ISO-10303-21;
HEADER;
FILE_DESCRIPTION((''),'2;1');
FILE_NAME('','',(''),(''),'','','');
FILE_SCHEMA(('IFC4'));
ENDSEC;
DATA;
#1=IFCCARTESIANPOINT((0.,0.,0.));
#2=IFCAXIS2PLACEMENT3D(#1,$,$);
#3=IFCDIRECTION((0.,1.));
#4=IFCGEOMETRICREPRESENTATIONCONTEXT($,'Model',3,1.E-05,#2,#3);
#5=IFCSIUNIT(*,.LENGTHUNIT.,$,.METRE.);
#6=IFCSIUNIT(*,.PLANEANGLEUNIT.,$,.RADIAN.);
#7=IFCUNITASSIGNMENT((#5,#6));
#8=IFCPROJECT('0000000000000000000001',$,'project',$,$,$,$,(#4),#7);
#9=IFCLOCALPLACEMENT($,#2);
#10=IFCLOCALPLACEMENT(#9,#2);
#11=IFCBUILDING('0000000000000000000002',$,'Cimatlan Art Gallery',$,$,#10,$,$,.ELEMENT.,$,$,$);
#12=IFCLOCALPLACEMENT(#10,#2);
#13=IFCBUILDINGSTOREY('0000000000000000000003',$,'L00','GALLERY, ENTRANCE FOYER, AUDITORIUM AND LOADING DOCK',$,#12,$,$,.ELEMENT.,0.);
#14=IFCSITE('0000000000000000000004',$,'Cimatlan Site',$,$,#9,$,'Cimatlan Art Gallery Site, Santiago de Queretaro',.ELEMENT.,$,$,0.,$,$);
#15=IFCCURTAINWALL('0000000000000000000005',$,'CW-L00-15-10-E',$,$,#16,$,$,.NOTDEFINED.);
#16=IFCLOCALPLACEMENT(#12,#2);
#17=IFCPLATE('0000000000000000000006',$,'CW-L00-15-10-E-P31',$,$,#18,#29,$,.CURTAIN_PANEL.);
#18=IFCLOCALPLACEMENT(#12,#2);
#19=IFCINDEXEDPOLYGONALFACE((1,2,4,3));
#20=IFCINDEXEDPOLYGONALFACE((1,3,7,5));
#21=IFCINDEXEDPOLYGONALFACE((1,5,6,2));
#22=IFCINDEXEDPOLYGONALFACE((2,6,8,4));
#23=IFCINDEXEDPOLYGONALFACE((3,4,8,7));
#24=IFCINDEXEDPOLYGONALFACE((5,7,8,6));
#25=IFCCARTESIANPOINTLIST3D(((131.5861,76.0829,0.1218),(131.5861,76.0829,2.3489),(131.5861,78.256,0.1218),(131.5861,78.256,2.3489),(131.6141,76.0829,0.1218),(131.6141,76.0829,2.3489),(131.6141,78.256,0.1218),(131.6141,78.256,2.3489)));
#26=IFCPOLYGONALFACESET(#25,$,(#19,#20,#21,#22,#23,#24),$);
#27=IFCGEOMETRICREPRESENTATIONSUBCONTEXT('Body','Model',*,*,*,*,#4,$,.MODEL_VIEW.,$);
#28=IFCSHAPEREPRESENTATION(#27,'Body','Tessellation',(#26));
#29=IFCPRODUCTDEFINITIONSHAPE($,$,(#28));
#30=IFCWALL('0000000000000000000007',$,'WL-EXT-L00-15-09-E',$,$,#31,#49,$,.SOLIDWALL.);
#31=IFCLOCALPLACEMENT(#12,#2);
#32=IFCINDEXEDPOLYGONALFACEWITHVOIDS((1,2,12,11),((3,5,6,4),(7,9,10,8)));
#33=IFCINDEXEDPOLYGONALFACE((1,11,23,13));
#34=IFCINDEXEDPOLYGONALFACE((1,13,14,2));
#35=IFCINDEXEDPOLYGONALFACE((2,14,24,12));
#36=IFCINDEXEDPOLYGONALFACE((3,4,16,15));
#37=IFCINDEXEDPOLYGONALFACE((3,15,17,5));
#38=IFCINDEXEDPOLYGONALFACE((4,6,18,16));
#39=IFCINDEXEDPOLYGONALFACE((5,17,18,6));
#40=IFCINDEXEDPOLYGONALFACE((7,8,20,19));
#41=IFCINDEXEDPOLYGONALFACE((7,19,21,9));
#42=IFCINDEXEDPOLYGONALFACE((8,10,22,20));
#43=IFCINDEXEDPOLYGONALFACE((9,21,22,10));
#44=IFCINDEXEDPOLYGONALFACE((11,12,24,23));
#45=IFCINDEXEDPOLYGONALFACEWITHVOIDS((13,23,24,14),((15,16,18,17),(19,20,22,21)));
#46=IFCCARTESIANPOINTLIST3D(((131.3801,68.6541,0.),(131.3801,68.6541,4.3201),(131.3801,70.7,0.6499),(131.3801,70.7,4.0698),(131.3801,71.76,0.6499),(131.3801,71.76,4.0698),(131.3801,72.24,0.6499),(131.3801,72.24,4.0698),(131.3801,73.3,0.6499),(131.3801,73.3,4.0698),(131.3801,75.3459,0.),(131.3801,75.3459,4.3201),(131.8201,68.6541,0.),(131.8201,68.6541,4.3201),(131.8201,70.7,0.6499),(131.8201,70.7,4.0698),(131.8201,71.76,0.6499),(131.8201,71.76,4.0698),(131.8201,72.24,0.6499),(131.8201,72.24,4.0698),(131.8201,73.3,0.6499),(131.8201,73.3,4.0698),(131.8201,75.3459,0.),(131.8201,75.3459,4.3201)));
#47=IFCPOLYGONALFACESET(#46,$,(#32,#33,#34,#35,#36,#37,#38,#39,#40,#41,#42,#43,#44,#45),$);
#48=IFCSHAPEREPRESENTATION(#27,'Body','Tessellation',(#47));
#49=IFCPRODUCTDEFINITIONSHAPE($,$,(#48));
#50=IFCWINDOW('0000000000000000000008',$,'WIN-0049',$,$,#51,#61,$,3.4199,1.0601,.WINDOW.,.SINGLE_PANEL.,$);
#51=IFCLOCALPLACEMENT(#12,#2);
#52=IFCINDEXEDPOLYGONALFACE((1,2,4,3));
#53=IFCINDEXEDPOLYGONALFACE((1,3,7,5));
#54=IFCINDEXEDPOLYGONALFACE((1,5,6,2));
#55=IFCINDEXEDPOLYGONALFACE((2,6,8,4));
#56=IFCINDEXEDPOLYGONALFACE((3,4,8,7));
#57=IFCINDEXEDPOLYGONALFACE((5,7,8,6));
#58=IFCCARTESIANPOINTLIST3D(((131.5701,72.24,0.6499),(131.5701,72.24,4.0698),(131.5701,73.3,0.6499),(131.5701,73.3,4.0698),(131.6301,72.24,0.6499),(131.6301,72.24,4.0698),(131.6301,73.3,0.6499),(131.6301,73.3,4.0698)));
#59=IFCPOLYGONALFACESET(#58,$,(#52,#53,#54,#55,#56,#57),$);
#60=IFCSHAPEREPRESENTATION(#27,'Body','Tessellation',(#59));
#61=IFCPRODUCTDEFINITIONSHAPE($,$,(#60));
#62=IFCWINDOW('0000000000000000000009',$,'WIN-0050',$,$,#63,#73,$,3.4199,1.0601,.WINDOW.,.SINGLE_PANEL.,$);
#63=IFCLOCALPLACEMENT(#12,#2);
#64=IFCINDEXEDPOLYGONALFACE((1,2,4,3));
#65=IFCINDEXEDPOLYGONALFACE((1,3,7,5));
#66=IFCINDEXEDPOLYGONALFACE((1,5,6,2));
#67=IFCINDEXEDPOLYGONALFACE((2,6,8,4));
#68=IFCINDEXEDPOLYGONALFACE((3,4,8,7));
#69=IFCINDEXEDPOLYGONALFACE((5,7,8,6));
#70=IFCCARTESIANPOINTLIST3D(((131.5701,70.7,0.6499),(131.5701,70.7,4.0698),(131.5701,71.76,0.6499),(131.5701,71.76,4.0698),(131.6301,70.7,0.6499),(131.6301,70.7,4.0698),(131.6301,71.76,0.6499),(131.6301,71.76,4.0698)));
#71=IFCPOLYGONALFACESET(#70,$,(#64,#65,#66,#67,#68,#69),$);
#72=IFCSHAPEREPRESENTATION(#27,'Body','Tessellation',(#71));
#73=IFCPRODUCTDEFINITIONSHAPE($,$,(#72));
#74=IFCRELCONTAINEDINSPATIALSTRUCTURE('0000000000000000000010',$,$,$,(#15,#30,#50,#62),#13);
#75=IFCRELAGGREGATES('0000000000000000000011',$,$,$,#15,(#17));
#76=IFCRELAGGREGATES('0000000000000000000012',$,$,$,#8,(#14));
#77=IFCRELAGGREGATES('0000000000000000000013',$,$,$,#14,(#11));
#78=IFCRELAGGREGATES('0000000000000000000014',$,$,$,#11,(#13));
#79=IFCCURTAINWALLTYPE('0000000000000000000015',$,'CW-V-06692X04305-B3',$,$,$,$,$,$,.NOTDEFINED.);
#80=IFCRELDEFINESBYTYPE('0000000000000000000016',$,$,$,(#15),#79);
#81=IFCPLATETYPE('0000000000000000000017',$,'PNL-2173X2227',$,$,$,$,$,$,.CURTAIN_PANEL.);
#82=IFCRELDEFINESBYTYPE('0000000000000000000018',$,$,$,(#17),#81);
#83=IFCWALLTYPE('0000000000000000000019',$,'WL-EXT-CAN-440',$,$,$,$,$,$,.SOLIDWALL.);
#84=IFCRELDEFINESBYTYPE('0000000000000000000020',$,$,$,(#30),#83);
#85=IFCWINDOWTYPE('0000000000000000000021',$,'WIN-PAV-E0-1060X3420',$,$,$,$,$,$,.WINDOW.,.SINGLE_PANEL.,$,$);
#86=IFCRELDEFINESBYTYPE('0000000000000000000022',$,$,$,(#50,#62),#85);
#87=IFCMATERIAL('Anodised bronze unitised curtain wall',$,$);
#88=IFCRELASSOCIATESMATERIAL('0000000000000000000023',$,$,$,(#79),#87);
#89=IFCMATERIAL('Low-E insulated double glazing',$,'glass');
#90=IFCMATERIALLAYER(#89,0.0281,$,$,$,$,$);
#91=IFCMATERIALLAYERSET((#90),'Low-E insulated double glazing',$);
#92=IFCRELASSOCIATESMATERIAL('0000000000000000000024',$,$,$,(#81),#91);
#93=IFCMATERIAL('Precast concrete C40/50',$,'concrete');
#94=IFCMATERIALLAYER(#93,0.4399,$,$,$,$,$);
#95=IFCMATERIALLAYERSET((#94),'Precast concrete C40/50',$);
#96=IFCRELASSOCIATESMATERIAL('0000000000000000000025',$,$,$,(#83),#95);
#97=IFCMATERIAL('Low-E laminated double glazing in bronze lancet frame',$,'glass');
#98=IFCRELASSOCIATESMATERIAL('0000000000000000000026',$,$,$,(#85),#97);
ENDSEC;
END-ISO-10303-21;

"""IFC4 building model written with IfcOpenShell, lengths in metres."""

from ifc_helpers import new_model, si_unit, direction, frame, frame_2d, origin, origin_2d, place, context, subcontext, project, spatial, rectangle, extrude, material, layer, layer_set, type_object, element, fill, aggregate, save


model = new_model("IFC4")

# Units and contexts
model_context = context("Model", 3, precision=1e-05, world=origin(), true_north=direction((0.0, 1.0)))
body_context = subcontext(model_context, "Body", "Model", "MODEL_VIEW")
ifc_project = project(units=[si_unit("LENGTHUNIT", "METRE"), si_unit("PLANEANGLEUNIT", "RADIAN")], contexts=[model_context])

# Site, building, storey
site_placement = place(None, origin())
site = spatial("IfcSite", under=ifc_project, at=site_placement, Name="Cimatlan Site", LongName="Cimatlan Art Gallery Site, Santiago de Queretaro", CompositionType="ELEMENT", RefElevation=0.0)
building_placement = place(site_placement, origin())
building = spatial("IfcBuilding", under=site, at=building_placement, Name="Cimatlan Art Gallery", CompositionType="ELEMENT")
storey_placement = place(building_placement, origin())
storey = spatial("IfcBuildingStorey", under=building, at=storey_placement, Name="L00", Description="GALLERY, ENTRANCE FOYER, AUDITORIUM AND LOADING DOCK", CompositionType="ELEMENT", Elevation=0.0)

# Curtain wall, plate
ifc_material_1 = material(Name="Anodised bronze unitised curtain wall")
curtain_wall_type = type_object("IfcCurtainWallType", Name="CW-V-06692X04305-B3", PredefinedType="NOTDEFINED", material=ifc_material_1)
curtain_wall_placement = place(storey_placement, origin())
curtain_wall = element("IfcCurtainWall", 1, at=curtain_wall_placement, inside=storey, type_object=curtain_wall_type, Name="CW-L00-15-10-E", PredefinedType="NOTDEFINED")
ifc_material_2 = material(Name="Low-E insulated double glazing", Category="glass")
ifc_layer_1 = layer(ifc_material_2, 0.0281)
ifc_layer_set_1 = layer_set([ifc_layer_1], Name="Low-E insulated double glazing")
plate_type_1 = type_object("IfcPlateType", Name="PNL-2173X2227", PredefinedType="CURTAIN_PANEL", material=ifc_layer_set_1)
plate_1_placement = place(storey_placement, frame((131.6001, 77.1694, 0.1218), z_axis=(0.0, 0.0, 1.0), x_axis=(0.0, -1.0, 0.0)))
plate_1 = element("IfcPlate", 2, at=plate_1_placement, type_object=plate_type_1, Name="CW-L00-15-10-E-P31", PredefinedType="CURTAIN_PANEL", context=body_context, shape_type="SweptSolid", body=[
    extrude(rectangle(XDim=2.1731, YDim=0.0281, at=origin_2d()), origin(), (0.0, 0.0, 1.0), 2.2271),
])
aggregate(curtain_wall, [plate_1])

# Wall, openings, windows
ifc_material_3 = material(Name="Precast concrete C40/50", Category="concrete")
ifc_layer_2 = layer(ifc_material_3, 0.4399)
ifc_layer_set_2 = layer_set([ifc_layer_2], Name="Precast concrete C40/50")
wall_type = type_object("IfcWallType", Name="WL-EXT-CAN-440", PredefinedType="SOLIDWALL", material=ifc_layer_set_2)
wall_placement = place(storey_placement, frame((131.6001, 75.3459, 0.0), z_axis=(0.0, 0.0, 1.0), x_axis=(0.0, -1.0, 0.0)))
wall = element("IfcWall", 3, at=wall_placement, inside=storey, type_object=wall_type, Name="WL-EXT-L00-15-09-E", PredefinedType="SOLIDWALL", context=body_context, shape_type="SweptSolid", body=[
    extrude(rectangle(XDim=6.6919, YDim=0.4399, at=frame_2d((3.3459, 0.0))), origin(), (0.0, 0.0, 1.0), 4.3201),
])
opening_1_placement = place(wall_placement, frame((2.0459, 0.0, 0.6499)))
opening_1 = element("IfcOpeningElement", 4, at=opening_1_placement, cuts=wall, PredefinedType="OPENING", context=body_context, shape_type="SweptSolid", body=[
    extrude(rectangle(XDim=1.0601, YDim=3.4199, at=frame_2d((0.53, 1.71))), frame((0.0, 0.23, 0.0), z_axis=(0.0, -1.0, 0.0), x_axis=(1.0, 0.0, 0.0)), (0.0, 0.0, 1.0), 0.46),
])
opening_2_placement = place(wall_placement, frame((3.5859, 0.0, 0.6499)))
opening_2 = element("IfcOpeningElement", 5, at=opening_2_placement, cuts=wall, PredefinedType="OPENING", context=body_context, shape_type="SweptSolid", body=[
    extrude(rectangle(XDim=1.0601, YDim=3.4199, at=frame_2d((0.53, 1.71))), frame((0.0, 0.23, 0.0), z_axis=(0.0, -1.0, 0.0), x_axis=(1.0, 0.0, 0.0)), (0.0, 0.0, 1.0), 0.46),
])
ifc_material_4 = material(Name="Low-E laminated double glazing in bronze lancet frame", Category="glass")
window_type = type_object("IfcWindowType", Name="WIN-PAV-E0-1060X3420", PartitioningType="SINGLE_PANEL", PredefinedType="WINDOW", material=ifc_material_4)
window_1_placement = place(opening_1_placement, origin())
window_1 = element("IfcWindow", 6, at=window_1_placement, inside=storey, type_object=window_type, Name="WIN-0049", OverallHeight=3.4199, OverallWidth=1.0601, PartitioningType="SINGLE_PANEL", PredefinedType="WINDOW", context=body_context, shape_type="SweptSolid", body=[
    extrude(rectangle(XDim=1.0601, YDim=3.4199, at=frame_2d((0.53, 1.71))), frame((0.0, 0.03, 0.0), z_axis=(0.0, -1.0, 0.0), x_axis=(1.0, 0.0, 0.0)), (0.0, 0.0, 1.0), 0.0601),
])
fill(opening_1, window_1)
window_2_placement = place(opening_2_placement, origin())
window_2 = element("IfcWindow", 7, at=window_2_placement, inside=storey, type_object=window_type, Name="WIN-0050", OverallHeight=3.4199, OverallWidth=1.0601, PartitioningType="SINGLE_PANEL", PredefinedType="WINDOW", context=body_context, shape_type="SweptSolid", body=[
    extrude(rectangle(XDim=1.0601, YDim=3.4199, at=frame_2d((0.53, 1.71))), frame((0.0, 0.03, 0.0), z_axis=(0.0, -1.0, 0.0), x_axis=(1.0, 0.0, 0.0)), (0.0, 0.0, 1.0), 0.0601),
])
fill(opening_2, window_2)

save(model, "model.ifc")
